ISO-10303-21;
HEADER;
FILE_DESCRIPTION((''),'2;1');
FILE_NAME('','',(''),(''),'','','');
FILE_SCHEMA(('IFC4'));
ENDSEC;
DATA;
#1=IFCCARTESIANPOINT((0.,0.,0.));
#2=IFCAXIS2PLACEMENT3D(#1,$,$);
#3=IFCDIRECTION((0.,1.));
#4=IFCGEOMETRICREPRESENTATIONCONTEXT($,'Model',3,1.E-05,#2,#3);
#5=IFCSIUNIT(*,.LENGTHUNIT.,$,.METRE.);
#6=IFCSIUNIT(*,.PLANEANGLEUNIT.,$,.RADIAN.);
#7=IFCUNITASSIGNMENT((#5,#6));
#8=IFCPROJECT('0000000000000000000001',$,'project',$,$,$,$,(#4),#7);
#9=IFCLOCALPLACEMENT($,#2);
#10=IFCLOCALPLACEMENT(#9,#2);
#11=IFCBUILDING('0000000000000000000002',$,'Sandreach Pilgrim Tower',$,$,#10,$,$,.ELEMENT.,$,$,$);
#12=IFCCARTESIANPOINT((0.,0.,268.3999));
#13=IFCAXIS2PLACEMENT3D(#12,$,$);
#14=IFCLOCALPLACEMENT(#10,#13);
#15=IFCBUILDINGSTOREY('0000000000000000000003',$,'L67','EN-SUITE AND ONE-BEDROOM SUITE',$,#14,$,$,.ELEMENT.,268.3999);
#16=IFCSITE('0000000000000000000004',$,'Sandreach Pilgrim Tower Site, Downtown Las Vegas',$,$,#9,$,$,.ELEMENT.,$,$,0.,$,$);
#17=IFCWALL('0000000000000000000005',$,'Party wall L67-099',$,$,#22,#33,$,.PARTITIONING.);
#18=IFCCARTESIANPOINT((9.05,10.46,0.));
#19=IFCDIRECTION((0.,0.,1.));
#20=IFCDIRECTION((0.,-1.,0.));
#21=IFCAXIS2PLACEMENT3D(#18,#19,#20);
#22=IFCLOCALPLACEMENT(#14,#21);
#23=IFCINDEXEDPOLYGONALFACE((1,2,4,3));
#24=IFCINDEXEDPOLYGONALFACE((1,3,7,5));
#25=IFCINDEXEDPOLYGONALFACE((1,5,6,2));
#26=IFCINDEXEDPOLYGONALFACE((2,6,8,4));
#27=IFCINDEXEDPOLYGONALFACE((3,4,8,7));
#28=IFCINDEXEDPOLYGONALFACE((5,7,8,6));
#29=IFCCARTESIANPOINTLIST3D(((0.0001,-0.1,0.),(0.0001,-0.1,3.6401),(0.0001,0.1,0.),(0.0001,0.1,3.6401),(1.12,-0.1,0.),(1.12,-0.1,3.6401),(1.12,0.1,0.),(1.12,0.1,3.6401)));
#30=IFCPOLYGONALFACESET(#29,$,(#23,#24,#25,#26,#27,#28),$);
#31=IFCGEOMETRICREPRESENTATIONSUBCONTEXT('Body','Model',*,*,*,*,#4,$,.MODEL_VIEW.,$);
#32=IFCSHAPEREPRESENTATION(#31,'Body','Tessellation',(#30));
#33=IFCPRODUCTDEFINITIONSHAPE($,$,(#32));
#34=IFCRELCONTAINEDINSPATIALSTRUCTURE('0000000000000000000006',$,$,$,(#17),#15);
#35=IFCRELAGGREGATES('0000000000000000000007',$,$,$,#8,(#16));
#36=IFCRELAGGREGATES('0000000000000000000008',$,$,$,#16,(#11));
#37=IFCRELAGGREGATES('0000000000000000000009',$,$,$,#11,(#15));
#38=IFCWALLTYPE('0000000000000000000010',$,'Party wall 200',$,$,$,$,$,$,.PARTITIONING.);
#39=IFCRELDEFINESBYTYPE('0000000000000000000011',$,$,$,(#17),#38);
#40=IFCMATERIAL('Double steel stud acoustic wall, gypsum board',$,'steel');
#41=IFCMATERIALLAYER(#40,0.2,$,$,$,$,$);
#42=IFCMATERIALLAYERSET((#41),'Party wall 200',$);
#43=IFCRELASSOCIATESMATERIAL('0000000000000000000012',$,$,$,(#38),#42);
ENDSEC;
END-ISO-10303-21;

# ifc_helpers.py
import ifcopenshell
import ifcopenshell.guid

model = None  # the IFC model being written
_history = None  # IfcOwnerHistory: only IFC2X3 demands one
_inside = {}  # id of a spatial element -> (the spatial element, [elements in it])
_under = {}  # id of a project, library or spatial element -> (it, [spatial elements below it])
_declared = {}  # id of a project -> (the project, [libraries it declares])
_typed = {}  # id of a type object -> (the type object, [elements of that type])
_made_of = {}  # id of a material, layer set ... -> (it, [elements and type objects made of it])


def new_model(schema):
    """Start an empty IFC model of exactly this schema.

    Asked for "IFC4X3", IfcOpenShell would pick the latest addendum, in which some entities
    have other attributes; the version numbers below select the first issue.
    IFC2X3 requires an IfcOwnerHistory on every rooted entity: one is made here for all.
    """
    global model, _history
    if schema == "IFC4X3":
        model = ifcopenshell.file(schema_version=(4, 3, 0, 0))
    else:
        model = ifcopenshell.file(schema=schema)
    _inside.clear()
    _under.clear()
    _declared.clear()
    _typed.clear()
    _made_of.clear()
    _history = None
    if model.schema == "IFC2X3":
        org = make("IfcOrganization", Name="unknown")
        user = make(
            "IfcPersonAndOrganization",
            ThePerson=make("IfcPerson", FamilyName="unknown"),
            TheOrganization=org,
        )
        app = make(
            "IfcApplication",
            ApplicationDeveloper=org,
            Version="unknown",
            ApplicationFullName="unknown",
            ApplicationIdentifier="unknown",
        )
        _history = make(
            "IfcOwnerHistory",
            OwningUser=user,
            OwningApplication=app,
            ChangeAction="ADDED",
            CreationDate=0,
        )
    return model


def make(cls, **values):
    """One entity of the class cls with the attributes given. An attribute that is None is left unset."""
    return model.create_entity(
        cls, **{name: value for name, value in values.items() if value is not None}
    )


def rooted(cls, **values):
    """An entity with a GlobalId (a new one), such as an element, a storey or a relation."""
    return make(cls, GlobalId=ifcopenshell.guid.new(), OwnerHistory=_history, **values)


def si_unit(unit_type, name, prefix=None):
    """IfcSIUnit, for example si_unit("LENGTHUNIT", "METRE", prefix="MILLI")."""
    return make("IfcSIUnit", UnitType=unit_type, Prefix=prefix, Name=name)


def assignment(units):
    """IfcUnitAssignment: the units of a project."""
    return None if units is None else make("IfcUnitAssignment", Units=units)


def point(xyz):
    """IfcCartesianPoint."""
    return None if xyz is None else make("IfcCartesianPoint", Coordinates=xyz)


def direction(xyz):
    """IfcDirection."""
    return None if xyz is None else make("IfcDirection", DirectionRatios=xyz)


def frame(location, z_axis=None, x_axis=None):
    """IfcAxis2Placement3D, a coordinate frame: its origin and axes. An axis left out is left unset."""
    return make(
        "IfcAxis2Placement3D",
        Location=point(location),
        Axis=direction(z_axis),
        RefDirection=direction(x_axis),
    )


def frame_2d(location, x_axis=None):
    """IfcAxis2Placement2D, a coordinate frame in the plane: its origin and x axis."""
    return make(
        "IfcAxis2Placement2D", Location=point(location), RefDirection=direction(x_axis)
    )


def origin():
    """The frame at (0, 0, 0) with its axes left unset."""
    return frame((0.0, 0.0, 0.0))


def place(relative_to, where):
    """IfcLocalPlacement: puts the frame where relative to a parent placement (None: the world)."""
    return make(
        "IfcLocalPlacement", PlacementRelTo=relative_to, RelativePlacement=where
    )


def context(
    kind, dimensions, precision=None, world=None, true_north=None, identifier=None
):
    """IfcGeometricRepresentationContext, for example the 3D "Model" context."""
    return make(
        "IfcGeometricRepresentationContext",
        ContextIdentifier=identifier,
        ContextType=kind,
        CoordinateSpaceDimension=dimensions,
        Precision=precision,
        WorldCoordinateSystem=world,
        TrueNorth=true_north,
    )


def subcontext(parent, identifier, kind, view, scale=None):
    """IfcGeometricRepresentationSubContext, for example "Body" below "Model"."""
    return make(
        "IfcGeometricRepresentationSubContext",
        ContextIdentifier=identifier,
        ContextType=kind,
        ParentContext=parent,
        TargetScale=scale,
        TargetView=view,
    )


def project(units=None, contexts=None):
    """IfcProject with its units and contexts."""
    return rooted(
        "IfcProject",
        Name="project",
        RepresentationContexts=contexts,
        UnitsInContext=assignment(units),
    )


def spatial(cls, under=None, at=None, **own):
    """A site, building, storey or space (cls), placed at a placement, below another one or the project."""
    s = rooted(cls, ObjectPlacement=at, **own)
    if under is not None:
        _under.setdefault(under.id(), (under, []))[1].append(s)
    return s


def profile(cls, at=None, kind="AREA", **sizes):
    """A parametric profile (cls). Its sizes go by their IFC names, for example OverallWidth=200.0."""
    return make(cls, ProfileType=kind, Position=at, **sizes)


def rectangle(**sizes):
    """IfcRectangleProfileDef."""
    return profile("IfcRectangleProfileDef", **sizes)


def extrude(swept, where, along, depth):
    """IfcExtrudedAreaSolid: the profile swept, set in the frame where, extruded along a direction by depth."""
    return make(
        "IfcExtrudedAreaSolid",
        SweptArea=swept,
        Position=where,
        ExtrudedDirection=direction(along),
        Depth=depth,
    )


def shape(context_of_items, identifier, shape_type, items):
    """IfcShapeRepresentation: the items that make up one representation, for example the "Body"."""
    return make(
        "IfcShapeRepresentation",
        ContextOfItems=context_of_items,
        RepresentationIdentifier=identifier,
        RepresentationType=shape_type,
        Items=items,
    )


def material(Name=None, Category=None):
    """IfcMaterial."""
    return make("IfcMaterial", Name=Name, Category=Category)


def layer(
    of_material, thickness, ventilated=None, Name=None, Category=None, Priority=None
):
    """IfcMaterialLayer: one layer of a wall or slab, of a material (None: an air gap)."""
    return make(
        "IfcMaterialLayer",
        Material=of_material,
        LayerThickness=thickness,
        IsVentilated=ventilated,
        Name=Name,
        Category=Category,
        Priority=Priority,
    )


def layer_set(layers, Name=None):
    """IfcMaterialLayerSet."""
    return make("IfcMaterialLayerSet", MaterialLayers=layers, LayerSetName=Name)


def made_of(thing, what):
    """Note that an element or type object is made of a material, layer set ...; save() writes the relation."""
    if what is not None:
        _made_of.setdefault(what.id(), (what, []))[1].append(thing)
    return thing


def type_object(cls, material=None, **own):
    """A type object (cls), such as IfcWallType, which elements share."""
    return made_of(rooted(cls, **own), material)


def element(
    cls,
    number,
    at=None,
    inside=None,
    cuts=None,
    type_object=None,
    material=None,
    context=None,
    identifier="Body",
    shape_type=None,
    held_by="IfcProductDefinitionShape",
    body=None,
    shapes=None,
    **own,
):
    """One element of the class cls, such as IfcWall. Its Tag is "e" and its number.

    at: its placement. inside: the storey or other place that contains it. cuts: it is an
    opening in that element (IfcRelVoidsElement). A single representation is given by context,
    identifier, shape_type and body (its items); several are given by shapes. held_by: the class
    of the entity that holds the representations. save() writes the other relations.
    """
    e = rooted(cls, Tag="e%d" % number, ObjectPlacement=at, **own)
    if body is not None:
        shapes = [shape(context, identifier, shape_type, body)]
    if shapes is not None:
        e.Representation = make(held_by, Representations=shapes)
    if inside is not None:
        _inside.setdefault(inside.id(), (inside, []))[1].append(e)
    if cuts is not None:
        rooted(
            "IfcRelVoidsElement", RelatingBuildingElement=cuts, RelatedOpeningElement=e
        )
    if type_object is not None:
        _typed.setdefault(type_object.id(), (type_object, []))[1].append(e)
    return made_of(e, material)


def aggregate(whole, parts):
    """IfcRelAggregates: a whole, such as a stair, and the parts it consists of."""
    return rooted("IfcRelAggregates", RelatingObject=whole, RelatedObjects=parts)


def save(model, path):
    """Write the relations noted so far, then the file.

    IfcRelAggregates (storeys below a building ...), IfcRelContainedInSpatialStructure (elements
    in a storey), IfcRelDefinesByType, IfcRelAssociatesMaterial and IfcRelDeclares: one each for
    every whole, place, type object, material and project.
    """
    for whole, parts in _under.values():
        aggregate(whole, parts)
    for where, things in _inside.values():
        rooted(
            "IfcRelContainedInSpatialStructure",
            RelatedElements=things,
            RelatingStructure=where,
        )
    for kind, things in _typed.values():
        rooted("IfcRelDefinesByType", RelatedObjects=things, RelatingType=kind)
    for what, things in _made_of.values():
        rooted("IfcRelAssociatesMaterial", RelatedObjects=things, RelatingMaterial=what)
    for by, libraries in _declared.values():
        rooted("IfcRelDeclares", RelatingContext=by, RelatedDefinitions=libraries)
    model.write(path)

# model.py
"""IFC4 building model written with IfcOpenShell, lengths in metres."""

from ifc_helpers import new_model, si_unit, direction, frame, frame_2d, origin, place, context, subcontext, project, spatial, rectangle, extrude, material, layer, layer_set, type_object, element, save


model = new_model("IFC4")

# Units and contexts
model_context = context("Model", 3, precision=1e-05, world=origin(), true_north=direction((0.0, 1.0)))
body_context = subcontext(model_context, "Body", "Model", "MODEL_VIEW")
ifc_project = project(units=[si_unit("LENGTHUNIT", "METRE"), si_unit("PLANEANGLEUNIT", "RADIAN")], contexts=[model_context])

# Site, building, storey
site_placement = place(None, origin())
site = spatial("IfcSite", under=ifc_project, at=site_placement, Name="Sandreach Pilgrim Tower Site, Downtown Las Vegas", CompositionType="ELEMENT", RefElevation=0.0)
building_placement = place(site_placement, origin())
building = spatial("IfcBuilding", under=site, at=building_placement, Name="Sandreach Pilgrim Tower", CompositionType="ELEMENT")
storey_placement = place(building_placement, frame((0.0, 0.0, 268.3999)))
storey = spatial("IfcBuildingStorey", under=building, at=storey_placement, Name="L67", Description="EN-SUITE AND ONE-BEDROOM SUITE", CompositionType="ELEMENT", Elevation=268.3999)

# Wall
ifc_material_1 = material(Name="Double steel stud acoustic wall, gypsum board", Category="steel")
ifc_layer_1 = layer(ifc_material_1, 0.2)
ifc_layer_set_1 = layer_set([ifc_layer_1], Name="Party wall 200")
wall_type_1 = type_object("IfcWallType", Name="Party wall 200", PredefinedType="PARTITIONING", material=ifc_layer_set_1)
wall_1_placement = place(storey_placement, frame((9.05, 10.46, 0.0), z_axis=(0.0, 0.0, 1.0), x_axis=(0.0, -1.0, 0.0)))
element("IfcWall", 1, at=wall_1_placement, inside=storey, type_object=wall_type_1, Name="Party wall L67-099", PredefinedType="PARTITIONING", context=body_context, shape_type="SweptSolid", body=[
    extrude(rectangle(XDim=1.1199, YDim=0.2, at=frame_2d((0.5601, 0.0))), origin(), (0.0, 0.0, 1.0), 3.6401),
])

save(model, "model.ifc")
